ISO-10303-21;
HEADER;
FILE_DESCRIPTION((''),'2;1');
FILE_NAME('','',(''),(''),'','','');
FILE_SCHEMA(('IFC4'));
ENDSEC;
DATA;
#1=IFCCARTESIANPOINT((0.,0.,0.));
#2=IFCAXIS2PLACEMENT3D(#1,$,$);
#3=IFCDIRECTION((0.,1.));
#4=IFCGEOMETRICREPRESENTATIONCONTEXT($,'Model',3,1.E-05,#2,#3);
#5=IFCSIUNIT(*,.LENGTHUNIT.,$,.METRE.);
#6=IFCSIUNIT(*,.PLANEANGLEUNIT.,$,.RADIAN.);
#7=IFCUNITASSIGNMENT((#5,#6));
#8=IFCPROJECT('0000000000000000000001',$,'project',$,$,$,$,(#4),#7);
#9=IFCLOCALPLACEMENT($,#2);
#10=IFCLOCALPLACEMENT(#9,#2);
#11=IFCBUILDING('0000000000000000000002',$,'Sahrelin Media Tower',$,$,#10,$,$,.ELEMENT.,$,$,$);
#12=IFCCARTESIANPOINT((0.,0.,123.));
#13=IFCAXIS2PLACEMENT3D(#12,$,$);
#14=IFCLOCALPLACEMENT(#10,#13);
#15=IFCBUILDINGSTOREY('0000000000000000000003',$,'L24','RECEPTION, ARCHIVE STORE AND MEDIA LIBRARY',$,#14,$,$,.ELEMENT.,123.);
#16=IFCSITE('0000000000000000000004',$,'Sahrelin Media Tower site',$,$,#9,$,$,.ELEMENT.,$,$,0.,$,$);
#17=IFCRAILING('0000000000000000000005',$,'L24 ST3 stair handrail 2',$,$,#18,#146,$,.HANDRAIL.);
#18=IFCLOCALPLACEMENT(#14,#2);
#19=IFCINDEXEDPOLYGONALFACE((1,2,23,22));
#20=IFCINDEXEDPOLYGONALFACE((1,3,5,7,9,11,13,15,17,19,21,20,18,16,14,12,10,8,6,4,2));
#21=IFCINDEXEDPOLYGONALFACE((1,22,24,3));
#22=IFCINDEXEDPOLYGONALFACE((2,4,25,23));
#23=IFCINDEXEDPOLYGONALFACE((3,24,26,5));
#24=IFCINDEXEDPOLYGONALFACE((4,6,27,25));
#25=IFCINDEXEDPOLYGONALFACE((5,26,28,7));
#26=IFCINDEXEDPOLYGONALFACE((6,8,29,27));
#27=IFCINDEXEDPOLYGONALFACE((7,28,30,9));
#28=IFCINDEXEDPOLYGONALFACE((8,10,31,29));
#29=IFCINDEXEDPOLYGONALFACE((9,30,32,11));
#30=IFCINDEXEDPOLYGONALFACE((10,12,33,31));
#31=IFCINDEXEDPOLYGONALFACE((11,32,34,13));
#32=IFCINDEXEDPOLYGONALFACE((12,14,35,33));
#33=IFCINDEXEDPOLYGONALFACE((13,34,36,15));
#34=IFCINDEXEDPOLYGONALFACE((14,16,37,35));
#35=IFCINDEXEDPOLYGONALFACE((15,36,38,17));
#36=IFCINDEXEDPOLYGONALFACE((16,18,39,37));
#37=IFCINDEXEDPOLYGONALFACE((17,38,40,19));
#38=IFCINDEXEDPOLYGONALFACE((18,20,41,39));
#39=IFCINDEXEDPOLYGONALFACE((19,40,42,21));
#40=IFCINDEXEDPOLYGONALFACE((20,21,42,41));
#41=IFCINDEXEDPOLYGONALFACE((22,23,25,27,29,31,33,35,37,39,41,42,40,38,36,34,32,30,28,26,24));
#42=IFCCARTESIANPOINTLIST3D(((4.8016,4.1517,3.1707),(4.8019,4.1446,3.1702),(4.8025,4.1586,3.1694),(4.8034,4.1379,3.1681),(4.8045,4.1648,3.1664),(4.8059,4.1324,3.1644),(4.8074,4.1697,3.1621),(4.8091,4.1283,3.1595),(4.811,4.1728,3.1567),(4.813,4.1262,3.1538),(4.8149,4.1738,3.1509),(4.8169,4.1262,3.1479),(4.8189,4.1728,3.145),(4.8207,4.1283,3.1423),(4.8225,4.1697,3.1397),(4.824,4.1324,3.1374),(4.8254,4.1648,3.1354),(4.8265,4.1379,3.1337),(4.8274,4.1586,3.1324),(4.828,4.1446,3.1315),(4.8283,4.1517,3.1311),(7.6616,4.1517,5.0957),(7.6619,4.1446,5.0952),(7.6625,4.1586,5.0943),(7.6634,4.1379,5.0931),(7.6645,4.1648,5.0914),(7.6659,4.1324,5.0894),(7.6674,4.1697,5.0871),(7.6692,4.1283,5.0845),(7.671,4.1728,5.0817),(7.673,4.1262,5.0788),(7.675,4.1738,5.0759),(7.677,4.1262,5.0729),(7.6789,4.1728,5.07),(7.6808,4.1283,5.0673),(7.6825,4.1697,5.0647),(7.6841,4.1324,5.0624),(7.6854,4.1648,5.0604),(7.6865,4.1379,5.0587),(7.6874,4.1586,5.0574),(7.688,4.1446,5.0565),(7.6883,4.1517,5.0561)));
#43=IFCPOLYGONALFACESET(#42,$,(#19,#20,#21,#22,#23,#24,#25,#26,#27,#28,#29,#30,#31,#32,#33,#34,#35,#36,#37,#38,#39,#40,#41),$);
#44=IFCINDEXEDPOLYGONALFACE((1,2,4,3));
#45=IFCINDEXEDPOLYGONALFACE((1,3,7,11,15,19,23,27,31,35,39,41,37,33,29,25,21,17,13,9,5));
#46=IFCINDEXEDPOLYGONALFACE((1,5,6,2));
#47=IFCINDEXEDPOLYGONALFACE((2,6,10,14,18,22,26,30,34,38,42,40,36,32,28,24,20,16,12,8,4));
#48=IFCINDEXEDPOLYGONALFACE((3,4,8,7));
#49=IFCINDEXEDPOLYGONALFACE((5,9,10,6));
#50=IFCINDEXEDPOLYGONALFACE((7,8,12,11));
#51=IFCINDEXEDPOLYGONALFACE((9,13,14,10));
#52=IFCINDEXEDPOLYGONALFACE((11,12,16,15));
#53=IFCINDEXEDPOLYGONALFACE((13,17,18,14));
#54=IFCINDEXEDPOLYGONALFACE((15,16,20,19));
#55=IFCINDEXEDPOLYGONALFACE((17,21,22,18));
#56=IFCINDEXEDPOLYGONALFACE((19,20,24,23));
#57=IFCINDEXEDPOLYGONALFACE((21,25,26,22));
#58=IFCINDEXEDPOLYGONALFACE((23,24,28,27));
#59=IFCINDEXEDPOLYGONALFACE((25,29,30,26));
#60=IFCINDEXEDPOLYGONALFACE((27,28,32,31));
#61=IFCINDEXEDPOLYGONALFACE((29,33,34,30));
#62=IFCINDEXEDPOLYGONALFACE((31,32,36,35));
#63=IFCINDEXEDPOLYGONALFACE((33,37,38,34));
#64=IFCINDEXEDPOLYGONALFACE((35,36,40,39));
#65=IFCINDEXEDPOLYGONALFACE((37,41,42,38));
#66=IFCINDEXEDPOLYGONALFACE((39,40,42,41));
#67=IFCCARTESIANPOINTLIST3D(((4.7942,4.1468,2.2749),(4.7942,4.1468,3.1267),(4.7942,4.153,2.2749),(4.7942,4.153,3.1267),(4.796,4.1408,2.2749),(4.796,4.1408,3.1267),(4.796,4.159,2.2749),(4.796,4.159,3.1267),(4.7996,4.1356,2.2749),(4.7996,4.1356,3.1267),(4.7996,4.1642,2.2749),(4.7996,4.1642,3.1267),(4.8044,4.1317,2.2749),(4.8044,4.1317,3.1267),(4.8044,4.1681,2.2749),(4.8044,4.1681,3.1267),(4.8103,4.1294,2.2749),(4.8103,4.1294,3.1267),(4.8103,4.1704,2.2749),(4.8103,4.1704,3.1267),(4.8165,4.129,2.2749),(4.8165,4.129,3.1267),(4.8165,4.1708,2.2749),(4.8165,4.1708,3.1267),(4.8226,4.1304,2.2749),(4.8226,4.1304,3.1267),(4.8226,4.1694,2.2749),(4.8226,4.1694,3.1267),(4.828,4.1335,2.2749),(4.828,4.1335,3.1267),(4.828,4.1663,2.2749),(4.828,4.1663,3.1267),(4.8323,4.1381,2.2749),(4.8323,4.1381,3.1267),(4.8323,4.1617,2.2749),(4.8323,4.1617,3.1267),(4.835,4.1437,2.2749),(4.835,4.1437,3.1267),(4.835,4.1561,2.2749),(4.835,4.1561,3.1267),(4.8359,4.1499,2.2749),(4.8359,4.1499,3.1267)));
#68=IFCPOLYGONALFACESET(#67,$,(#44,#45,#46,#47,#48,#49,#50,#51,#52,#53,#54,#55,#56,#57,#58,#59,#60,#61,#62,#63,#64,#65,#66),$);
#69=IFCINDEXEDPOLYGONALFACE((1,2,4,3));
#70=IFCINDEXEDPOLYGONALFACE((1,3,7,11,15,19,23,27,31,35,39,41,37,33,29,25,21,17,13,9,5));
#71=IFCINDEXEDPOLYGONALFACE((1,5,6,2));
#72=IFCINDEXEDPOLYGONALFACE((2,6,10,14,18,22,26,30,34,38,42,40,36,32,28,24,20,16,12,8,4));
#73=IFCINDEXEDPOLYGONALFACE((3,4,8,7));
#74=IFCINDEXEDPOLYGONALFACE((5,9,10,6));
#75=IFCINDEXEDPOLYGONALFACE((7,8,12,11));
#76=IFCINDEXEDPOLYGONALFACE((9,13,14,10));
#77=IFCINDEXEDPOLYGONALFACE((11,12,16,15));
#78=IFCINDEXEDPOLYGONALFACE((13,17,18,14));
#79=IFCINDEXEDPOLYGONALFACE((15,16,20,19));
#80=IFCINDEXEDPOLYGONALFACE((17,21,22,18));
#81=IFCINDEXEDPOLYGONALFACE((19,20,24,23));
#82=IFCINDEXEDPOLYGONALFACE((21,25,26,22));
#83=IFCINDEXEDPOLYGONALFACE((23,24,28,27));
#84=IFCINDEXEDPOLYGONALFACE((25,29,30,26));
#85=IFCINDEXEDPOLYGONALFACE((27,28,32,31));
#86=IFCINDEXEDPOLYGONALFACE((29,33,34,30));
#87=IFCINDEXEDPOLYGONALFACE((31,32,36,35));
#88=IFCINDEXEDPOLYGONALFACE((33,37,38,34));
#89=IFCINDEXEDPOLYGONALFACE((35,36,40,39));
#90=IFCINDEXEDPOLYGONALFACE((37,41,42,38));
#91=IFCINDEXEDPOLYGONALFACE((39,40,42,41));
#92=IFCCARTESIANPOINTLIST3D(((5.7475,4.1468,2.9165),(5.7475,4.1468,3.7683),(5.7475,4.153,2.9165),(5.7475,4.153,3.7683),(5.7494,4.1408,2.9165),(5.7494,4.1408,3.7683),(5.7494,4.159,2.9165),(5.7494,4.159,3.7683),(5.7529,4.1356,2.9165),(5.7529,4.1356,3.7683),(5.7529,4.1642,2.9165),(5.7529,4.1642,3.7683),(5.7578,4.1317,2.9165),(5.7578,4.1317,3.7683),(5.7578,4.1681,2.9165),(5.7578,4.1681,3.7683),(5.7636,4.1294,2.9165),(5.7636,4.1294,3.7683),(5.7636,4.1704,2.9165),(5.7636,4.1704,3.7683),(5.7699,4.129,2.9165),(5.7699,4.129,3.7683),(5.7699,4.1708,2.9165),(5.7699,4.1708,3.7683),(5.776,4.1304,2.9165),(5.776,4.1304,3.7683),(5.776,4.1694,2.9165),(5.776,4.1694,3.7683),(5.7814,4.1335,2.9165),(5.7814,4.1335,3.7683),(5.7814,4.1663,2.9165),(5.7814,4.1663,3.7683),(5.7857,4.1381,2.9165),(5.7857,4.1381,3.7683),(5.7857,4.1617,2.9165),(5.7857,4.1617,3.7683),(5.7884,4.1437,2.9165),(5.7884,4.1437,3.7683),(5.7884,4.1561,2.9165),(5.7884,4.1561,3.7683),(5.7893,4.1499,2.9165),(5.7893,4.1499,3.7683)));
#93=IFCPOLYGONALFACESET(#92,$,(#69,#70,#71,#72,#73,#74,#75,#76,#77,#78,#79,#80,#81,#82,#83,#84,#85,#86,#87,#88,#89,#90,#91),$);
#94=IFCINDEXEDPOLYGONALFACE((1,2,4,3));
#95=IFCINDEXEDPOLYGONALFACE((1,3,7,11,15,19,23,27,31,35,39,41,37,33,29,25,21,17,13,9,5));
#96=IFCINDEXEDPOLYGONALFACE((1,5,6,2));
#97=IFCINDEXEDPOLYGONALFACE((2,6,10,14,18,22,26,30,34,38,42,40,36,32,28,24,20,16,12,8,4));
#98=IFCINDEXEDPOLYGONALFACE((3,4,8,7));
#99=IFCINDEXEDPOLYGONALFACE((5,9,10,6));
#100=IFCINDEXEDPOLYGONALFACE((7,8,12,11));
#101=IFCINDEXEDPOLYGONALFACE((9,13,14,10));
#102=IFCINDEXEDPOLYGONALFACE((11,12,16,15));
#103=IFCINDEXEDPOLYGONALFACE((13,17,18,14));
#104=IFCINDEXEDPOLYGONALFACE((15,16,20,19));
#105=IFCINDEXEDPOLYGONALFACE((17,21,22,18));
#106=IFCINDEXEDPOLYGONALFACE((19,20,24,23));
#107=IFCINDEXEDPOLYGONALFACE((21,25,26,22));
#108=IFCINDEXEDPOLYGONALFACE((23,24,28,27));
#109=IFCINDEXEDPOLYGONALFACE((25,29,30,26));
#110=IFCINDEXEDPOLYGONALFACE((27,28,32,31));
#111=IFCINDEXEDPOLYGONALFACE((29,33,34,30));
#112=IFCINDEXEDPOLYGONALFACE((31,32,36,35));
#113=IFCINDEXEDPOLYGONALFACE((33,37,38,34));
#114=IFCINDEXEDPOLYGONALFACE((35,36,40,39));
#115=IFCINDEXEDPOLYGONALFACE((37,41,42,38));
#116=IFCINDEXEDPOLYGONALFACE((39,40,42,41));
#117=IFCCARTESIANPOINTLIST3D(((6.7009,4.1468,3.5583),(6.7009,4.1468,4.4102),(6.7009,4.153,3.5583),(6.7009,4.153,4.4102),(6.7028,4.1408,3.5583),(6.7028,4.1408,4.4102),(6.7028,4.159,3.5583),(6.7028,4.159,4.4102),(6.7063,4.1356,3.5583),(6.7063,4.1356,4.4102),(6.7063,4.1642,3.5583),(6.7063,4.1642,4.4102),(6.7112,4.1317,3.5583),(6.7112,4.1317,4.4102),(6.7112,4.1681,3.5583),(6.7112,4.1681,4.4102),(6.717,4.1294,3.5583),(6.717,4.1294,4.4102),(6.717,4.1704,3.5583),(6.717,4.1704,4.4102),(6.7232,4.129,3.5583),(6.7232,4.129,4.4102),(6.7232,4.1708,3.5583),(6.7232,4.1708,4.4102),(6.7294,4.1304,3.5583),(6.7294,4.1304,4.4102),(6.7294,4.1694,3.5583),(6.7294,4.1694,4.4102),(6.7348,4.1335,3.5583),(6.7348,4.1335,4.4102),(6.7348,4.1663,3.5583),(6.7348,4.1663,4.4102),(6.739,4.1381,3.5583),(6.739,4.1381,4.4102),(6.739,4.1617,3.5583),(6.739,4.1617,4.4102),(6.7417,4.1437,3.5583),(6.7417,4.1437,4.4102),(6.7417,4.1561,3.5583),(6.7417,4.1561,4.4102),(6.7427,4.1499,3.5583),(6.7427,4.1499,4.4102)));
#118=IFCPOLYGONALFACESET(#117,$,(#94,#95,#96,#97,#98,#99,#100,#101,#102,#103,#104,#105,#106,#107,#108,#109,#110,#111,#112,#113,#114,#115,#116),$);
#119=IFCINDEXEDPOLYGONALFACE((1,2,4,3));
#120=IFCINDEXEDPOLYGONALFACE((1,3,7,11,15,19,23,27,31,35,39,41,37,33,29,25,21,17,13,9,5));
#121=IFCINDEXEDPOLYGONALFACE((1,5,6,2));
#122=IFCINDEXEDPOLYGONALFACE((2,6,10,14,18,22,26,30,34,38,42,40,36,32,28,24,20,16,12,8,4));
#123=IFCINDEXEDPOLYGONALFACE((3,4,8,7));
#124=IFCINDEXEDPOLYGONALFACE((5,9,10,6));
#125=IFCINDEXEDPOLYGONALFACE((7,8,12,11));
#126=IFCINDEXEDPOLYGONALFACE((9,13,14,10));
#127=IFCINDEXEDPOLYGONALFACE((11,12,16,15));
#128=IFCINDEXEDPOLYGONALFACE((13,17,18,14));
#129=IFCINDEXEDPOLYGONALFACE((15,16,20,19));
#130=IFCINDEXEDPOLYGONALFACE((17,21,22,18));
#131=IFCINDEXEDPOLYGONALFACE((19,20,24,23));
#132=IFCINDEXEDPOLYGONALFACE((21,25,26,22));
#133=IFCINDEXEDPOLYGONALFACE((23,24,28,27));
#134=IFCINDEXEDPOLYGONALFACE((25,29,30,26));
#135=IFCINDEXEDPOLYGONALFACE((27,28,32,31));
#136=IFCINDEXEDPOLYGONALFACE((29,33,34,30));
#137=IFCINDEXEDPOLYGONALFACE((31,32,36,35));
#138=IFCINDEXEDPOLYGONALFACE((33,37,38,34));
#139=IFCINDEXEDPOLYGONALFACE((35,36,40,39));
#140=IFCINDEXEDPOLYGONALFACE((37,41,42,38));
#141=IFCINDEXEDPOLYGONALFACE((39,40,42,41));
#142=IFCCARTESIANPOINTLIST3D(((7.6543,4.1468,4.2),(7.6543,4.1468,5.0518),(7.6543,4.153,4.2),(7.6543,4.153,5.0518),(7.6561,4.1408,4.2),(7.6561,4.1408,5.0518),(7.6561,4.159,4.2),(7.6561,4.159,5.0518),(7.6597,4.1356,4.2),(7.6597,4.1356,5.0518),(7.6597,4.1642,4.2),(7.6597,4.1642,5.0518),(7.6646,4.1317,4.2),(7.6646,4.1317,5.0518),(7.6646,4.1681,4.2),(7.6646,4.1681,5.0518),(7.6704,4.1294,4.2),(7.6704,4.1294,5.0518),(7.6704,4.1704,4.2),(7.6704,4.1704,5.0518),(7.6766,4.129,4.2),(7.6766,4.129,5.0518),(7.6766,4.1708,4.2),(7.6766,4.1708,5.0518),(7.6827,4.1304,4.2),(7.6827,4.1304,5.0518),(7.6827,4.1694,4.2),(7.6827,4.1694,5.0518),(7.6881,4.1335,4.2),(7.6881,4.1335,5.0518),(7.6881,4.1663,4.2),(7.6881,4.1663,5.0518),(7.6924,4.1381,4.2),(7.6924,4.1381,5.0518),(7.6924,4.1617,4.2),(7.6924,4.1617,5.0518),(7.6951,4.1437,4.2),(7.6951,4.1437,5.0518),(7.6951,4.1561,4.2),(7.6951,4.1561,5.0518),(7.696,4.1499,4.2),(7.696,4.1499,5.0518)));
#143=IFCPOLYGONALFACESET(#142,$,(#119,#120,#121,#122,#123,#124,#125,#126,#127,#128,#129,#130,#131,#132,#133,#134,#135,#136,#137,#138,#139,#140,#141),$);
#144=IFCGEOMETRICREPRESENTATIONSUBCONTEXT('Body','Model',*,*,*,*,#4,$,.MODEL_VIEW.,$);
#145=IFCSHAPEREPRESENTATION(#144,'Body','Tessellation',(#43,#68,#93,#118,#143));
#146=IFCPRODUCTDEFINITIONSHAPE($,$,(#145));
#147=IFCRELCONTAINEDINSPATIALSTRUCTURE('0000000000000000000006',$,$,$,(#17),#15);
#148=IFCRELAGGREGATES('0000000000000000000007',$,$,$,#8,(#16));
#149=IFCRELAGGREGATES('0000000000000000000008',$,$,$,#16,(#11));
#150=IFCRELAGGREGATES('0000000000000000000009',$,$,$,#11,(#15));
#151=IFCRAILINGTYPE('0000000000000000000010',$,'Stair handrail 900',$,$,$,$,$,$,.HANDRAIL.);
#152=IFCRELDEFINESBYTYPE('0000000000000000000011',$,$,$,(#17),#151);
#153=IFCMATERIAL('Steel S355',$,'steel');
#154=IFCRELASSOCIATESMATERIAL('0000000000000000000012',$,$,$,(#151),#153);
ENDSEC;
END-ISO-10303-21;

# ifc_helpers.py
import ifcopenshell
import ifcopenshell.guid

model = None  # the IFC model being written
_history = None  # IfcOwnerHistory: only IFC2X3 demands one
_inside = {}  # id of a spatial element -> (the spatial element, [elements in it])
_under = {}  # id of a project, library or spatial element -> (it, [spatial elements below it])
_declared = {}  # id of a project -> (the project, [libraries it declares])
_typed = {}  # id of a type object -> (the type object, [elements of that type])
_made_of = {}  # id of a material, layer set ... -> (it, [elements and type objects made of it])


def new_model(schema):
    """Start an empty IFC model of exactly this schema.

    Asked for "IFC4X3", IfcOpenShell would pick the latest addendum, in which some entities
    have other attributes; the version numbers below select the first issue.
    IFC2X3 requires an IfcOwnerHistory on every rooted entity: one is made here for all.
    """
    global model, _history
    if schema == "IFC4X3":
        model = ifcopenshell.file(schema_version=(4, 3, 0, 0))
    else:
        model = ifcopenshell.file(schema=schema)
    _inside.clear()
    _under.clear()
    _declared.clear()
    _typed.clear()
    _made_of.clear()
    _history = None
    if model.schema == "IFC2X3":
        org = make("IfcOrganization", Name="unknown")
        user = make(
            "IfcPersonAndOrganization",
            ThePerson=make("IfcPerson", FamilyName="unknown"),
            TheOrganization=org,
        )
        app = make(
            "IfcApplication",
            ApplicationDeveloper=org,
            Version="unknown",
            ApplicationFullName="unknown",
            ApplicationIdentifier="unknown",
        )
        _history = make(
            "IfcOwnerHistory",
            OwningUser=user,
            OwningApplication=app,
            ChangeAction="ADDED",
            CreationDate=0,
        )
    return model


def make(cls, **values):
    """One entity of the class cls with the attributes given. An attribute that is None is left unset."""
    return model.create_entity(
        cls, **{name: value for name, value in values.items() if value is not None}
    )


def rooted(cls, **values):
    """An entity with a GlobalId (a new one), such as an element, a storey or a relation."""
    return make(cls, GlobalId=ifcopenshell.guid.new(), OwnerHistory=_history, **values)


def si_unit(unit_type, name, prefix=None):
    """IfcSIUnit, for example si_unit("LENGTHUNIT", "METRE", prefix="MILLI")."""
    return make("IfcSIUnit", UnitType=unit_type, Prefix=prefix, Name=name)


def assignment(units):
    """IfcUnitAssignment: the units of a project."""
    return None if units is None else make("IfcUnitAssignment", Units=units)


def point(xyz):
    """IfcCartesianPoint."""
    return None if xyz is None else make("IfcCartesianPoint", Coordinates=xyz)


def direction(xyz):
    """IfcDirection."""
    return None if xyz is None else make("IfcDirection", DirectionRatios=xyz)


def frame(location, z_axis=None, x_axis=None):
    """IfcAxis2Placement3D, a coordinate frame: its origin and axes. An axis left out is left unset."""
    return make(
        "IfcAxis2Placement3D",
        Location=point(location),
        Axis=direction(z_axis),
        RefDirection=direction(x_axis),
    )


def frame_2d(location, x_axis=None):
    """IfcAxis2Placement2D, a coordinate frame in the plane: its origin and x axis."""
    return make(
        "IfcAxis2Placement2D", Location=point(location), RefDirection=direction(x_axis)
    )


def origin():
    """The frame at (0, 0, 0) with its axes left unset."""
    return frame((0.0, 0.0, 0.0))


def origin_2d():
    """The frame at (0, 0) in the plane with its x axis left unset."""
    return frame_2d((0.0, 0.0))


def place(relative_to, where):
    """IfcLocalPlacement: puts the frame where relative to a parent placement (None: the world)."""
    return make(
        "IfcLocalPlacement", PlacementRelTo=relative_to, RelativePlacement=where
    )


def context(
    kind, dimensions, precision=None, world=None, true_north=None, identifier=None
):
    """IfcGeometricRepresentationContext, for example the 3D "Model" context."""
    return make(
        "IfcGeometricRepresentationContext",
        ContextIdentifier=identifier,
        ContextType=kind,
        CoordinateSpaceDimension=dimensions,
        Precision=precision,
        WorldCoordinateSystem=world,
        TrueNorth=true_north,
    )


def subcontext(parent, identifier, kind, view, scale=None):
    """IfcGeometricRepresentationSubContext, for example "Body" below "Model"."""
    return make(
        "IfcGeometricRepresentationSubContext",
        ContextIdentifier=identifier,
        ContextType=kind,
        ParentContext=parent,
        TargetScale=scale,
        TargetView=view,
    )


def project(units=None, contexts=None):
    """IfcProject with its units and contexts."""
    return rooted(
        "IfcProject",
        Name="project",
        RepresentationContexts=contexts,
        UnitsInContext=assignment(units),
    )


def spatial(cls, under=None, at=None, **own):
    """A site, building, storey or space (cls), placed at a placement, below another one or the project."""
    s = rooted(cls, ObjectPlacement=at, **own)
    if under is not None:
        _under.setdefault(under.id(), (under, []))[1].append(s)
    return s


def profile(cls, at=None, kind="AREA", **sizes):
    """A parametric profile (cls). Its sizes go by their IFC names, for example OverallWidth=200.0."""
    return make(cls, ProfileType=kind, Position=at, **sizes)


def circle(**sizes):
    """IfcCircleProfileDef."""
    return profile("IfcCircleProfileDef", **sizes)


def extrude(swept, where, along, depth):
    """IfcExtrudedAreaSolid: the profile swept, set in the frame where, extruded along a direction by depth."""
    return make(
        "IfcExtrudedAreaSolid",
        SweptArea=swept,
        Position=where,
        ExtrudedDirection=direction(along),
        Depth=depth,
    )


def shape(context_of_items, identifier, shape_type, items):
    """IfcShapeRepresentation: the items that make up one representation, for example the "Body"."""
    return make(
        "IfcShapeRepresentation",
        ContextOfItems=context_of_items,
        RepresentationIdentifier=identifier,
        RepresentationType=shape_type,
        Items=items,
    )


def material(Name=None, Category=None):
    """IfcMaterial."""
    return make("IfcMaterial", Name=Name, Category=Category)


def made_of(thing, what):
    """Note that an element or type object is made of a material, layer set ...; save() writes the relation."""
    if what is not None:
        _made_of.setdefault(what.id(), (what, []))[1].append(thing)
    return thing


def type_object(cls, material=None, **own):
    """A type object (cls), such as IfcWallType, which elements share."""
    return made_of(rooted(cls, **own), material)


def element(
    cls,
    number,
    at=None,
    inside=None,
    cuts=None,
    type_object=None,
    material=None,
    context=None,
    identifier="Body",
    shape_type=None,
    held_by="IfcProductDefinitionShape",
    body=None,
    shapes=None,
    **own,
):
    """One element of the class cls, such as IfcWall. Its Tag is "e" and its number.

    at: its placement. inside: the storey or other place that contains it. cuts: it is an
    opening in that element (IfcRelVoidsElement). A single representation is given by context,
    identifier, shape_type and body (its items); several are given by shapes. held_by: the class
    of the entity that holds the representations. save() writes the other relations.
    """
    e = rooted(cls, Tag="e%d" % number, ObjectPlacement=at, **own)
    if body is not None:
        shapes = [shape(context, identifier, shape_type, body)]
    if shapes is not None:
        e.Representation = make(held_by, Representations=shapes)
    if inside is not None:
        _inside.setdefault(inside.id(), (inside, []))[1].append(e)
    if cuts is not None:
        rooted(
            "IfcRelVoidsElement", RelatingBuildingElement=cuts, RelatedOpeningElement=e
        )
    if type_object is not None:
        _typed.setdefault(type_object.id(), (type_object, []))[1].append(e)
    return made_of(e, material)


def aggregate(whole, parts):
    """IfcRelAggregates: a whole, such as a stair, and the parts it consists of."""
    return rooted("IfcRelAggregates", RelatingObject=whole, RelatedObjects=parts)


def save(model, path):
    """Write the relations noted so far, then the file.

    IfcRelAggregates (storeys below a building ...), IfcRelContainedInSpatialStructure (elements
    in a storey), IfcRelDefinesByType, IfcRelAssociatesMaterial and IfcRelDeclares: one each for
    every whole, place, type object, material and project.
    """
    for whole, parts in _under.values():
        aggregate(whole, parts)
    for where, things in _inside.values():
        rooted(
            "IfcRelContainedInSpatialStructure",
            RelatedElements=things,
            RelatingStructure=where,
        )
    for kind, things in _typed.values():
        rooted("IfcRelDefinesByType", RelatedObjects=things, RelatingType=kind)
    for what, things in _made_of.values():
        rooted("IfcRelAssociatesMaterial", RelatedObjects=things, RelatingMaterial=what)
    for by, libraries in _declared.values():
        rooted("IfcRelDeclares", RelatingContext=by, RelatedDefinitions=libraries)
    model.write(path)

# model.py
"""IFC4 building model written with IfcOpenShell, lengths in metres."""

from ifc_helpers import new_model, si_unit, direction, frame, origin, origin_2d, place, context, subcontext, project, spatial, circle, extrude, material, type_object, element, save


model = new_model("IFC4")

# Units and contexts
model_context = context("Model", 3, precision=1e-05, world=origin(), true_north=direction((0.0, 1.0)))
body_context = subcontext(model_context, "Body", "Model", "MODEL_VIEW")
ifc_project = project(units=[si_unit("LENGTHUNIT", "METRE"), si_unit("PLANEANGLEUNIT", "RADIAN")], contexts=[model_context])

# Site, building, storey
site_placement = place(None, origin())
site = spatial("IfcSite", under=ifc_project, at=site_placement, Name="Sahrelin Media Tower site", CompositionType="ELEMENT", RefElevation=0.0)
building_placement = place(site_placement, origin())
building = spatial("IfcBuilding", under=site, at=building_placement, Name="Sahrelin Media Tower", CompositionType="ELEMENT")
storey_placement = place(building_placement, frame((0.0, 0.0, 123.0)))
storey = spatial("IfcBuildingStorey", under=building, at=storey_placement, Name="L24", Description="RECEPTION, ARCHIVE STORE AND MEDIA LIBRARY", CompositionType="ELEMENT", Elevation=123.0)

# Shared definitions
ifc_material_1 = material(Name="Steel S355", Category="steel")

# Railing
railing_type_1 = type_object("IfcRailingType", Name="Stair handrail 900", PredefinedType="HANDRAIL", material=ifc_material_1)
railing_1_placement = place(storey_placement, frame((4.8149, 4.1499, 2.2749)))
element("IfcRailing", 1, at=railing_1_placement, inside=storey, type_object=railing_type_1, Name="L24 ST3 stair handrail 2", PredefinedType="HANDRAIL", context=body_context, shape_type="SweptSolid", body=[
    extrude(circle(Radius=0.0239, at=origin_2d()), frame((0.0, 0.0, 0.876), z_axis=(0.829591, 0.0, 0.558372), x_axis=(0.0, 1.0, 0.0)), (0.0, 0.0, 1.0), 3.4475),
    extrude(circle(Radius=0.021, at=origin_2d()), origin(), (0.0, 0.0, 1.0), 0.8518),
    extrude(circle(Radius=0.021, at=origin_2d()), frame((0.9534, 0.0, 0.6416)), (0.0, 0.0, 1.0), 0.8518),
    extrude(circle(Radius=0.021, at=origin_2d()), frame((1.9067, 0.0, 1.2834)), (0.0, 0.0, 1.0), 0.8518),
    extrude(circle(Radius=0.021, at=origin_2d()), frame((2.8601, 0.0, 1.925)), (0.0, 0.0, 1.0), 0.8518),
])

save(model, "model.ifc")
